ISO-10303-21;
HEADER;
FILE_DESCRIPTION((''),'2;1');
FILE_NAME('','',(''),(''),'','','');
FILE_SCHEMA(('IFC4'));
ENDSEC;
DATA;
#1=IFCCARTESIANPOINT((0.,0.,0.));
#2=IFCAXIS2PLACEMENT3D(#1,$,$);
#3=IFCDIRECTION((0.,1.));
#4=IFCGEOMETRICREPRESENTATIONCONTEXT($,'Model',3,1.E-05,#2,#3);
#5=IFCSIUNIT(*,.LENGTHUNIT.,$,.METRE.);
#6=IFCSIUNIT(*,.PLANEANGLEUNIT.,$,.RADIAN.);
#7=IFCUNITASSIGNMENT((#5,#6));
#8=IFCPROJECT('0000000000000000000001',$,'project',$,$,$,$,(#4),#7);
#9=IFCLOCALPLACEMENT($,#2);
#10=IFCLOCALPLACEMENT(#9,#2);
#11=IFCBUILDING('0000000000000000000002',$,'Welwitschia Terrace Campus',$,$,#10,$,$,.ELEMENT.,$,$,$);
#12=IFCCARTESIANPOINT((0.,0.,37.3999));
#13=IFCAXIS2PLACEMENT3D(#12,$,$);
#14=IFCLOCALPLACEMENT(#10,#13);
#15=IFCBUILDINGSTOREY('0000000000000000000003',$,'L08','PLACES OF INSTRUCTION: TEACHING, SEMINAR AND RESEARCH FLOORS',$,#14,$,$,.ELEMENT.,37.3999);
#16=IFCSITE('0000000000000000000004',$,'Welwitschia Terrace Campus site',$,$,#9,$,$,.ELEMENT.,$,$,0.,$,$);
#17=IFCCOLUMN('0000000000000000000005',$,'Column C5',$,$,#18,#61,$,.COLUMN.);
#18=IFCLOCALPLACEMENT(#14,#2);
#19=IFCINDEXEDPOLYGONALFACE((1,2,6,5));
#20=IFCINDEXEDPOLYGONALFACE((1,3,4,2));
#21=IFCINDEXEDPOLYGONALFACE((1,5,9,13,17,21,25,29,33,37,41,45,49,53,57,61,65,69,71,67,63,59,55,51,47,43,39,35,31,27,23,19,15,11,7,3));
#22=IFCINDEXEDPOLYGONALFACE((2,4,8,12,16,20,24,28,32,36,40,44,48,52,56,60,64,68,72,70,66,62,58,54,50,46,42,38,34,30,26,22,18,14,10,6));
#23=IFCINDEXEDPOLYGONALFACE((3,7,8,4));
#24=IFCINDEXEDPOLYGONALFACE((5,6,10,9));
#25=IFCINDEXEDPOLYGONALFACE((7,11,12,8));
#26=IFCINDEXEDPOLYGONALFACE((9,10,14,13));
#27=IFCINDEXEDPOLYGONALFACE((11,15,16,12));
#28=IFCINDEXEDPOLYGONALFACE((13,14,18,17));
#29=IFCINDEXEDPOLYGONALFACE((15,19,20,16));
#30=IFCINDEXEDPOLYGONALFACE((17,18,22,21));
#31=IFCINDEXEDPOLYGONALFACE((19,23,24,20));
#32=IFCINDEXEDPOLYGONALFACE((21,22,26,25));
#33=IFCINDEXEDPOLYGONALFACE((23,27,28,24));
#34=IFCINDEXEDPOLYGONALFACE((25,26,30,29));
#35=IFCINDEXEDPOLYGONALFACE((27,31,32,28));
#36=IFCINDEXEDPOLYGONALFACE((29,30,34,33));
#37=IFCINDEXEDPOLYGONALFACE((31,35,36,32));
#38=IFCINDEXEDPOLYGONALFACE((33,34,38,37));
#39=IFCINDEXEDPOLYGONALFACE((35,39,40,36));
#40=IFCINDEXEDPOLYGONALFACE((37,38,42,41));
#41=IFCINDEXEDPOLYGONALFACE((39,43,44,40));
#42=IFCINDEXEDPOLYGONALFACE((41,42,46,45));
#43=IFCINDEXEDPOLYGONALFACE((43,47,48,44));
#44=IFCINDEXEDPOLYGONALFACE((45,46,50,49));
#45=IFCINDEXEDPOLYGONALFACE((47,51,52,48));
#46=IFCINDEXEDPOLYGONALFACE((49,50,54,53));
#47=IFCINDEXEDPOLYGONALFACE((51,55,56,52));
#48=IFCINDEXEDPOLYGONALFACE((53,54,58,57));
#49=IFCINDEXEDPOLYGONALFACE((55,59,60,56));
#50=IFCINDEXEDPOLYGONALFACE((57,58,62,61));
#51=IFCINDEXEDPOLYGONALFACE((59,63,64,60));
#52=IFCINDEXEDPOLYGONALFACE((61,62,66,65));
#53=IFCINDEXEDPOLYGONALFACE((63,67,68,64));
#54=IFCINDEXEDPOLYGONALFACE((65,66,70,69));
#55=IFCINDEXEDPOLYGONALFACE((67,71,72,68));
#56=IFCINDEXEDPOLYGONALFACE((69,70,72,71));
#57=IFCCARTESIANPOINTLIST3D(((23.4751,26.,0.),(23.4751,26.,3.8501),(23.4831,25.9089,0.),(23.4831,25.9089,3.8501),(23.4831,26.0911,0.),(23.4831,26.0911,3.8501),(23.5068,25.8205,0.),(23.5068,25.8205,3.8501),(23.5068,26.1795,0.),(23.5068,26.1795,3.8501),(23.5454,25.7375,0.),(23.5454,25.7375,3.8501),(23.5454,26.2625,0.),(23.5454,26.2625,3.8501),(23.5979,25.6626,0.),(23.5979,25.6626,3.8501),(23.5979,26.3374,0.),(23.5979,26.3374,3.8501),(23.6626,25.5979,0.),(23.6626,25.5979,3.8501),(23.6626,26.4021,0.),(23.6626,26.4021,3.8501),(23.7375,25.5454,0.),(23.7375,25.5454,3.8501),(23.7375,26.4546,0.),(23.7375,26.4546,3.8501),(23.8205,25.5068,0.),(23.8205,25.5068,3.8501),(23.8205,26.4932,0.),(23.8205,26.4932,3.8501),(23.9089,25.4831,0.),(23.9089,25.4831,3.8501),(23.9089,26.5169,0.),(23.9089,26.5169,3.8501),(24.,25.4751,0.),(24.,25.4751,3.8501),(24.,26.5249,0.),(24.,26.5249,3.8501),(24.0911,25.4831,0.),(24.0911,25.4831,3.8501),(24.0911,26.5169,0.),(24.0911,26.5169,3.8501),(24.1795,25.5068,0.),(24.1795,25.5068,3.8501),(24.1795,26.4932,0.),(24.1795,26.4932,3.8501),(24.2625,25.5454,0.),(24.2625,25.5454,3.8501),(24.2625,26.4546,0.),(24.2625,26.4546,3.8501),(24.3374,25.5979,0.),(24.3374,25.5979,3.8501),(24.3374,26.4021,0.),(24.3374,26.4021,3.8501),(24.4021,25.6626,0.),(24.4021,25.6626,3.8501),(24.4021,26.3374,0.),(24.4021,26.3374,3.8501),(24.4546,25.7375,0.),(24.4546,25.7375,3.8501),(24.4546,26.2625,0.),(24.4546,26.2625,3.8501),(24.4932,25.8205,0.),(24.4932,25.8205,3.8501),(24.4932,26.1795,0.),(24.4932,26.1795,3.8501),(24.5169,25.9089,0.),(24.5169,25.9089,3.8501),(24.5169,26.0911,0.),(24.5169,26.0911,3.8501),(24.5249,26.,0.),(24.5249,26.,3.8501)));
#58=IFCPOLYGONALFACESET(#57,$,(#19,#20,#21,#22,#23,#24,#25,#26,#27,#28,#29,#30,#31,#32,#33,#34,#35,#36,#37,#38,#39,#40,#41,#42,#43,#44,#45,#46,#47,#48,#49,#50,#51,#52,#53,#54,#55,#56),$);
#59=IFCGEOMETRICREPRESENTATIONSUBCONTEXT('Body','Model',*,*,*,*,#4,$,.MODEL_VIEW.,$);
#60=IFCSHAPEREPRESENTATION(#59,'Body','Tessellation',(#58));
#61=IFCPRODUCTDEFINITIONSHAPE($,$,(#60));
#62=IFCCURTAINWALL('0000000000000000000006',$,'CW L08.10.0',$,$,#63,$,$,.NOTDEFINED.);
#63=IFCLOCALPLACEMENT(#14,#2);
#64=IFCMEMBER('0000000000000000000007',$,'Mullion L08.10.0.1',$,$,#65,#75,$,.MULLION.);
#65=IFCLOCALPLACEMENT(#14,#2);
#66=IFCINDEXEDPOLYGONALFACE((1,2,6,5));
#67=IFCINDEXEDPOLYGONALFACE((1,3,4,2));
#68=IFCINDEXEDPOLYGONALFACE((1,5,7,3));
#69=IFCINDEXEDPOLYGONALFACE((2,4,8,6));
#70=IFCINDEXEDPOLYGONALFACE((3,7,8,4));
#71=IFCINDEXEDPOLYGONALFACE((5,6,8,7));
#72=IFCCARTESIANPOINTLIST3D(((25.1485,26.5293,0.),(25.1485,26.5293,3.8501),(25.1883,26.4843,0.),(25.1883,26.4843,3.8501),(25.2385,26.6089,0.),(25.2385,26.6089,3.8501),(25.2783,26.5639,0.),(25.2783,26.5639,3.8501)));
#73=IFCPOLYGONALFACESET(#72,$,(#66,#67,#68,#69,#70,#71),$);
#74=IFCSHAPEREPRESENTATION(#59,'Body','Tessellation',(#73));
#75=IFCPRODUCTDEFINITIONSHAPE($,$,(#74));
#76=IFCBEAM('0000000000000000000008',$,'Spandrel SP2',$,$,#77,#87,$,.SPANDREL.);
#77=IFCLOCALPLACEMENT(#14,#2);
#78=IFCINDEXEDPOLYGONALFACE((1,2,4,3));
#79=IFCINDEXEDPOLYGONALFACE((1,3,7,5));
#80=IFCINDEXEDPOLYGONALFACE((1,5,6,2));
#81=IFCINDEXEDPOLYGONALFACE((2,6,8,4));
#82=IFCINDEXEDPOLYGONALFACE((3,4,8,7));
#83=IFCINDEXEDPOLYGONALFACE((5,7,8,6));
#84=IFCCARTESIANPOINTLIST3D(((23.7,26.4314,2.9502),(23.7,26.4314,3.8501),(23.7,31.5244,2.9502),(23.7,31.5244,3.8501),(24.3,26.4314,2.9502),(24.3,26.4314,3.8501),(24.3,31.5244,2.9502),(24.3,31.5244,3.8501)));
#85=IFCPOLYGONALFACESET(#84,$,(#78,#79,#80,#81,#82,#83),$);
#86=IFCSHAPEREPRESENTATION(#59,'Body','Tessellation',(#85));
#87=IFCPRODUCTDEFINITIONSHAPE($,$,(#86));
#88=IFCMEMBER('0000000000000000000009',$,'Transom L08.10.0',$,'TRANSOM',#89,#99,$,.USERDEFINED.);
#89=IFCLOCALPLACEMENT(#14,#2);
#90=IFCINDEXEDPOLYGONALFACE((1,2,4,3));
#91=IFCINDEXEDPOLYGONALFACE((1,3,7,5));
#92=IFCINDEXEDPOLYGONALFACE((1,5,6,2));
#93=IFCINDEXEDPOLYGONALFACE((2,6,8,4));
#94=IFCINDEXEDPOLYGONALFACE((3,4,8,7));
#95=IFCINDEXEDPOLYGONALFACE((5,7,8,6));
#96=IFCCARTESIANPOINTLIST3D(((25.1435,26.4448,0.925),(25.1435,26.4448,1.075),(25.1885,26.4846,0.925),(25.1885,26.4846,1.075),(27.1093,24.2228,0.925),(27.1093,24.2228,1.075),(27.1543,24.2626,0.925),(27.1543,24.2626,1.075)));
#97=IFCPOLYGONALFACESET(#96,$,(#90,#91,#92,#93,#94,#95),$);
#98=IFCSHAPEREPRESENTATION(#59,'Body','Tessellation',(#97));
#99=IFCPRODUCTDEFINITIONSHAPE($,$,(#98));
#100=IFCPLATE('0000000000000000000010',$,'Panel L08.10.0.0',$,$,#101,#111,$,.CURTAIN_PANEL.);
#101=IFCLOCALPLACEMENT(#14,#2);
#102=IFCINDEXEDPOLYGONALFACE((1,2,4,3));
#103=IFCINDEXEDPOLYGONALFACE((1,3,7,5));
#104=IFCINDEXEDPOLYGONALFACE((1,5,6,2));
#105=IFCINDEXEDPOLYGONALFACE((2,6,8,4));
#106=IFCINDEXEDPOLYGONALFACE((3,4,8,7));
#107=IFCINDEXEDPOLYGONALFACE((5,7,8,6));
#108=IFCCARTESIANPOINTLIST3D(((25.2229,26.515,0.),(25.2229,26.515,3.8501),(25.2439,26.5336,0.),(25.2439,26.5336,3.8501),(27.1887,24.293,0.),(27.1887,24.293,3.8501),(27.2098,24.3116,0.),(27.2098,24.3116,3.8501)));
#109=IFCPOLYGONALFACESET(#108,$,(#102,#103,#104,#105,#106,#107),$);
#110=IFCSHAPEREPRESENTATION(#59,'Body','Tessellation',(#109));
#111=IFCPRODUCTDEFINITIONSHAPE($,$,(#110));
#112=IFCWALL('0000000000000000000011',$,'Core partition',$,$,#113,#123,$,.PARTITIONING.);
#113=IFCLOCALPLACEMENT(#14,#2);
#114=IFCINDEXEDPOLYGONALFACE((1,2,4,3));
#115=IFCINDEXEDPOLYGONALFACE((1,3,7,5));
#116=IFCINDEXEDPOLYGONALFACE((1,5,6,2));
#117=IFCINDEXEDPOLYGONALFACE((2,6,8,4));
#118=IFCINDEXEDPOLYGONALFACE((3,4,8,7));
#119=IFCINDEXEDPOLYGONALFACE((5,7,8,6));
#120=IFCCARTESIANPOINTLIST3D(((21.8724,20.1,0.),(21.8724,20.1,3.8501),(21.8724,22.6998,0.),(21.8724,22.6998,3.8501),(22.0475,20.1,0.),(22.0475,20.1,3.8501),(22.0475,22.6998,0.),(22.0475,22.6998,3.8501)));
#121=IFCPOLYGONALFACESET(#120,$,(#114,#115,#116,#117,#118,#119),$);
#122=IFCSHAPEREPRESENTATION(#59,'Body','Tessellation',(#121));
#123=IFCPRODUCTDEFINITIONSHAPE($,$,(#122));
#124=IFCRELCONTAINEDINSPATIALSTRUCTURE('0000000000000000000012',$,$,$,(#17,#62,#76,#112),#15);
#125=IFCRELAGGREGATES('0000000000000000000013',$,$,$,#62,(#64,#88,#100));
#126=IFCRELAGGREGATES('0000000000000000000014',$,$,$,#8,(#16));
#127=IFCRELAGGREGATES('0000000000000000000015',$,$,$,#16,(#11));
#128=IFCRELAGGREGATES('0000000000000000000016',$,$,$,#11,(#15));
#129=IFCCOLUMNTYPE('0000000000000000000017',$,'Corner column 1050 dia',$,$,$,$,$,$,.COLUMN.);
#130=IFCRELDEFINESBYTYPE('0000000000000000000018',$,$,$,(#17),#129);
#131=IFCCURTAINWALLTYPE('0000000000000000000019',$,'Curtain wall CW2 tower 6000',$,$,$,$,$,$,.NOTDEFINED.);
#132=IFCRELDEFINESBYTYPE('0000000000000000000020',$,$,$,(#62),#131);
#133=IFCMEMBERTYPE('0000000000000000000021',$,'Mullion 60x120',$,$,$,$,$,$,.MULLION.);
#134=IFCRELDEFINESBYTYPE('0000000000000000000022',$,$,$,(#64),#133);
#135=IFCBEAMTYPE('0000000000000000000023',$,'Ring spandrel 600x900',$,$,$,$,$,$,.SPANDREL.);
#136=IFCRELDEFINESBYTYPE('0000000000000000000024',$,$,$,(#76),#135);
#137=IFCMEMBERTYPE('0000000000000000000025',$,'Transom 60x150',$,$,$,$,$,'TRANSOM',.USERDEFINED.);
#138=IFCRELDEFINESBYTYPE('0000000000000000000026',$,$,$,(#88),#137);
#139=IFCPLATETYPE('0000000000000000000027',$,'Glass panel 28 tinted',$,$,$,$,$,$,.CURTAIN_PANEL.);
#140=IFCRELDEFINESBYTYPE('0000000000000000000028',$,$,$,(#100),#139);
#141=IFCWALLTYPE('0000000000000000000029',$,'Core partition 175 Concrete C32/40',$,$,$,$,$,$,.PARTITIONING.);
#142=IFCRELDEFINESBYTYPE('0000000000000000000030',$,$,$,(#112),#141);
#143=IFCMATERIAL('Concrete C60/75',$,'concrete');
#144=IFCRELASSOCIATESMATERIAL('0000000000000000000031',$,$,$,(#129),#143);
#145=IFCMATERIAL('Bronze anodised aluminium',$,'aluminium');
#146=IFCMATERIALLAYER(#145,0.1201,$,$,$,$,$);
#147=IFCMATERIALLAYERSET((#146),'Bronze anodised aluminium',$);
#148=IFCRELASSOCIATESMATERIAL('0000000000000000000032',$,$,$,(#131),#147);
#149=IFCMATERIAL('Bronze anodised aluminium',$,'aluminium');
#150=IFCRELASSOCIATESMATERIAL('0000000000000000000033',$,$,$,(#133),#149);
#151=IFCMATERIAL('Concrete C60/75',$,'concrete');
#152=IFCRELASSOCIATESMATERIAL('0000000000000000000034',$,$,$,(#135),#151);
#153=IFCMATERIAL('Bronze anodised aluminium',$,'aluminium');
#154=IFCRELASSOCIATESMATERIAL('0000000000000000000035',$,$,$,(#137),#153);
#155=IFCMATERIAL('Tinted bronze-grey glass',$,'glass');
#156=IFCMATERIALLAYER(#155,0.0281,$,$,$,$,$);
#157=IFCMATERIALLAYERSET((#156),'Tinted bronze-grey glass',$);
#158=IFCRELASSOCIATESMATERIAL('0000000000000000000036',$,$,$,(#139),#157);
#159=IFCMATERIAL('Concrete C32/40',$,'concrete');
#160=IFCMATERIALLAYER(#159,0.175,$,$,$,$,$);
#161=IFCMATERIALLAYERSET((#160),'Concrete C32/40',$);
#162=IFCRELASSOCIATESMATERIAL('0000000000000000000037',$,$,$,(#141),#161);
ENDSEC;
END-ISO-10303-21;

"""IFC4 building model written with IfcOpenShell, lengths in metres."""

from ifc_helpers import new_model, si_unit, direction, frame, frame_2d, origin, origin_2d, place, context, subcontext, project, spatial, rectangle, circle, extrude, material, layer, layer_set, material_profile, profile_set, type_object, element, aggregate, save


model = new_model("IFC4")

# Units and contexts
model_context = context("Model", 3, precision=1e-05, world=origin(), true_north=direction((0.0, 1.0)))
body_context = subcontext(model_context, "Body", "Model", "MODEL_VIEW")
ifc_project = project(units=[si_unit("LENGTHUNIT", "METRE"), si_unit("PLANEANGLEUNIT", "RADIAN")], contexts=[model_context])

# Site, building, storey
site_placement = place(None, origin())
site = spatial("IfcSite", under=ifc_project, at=site_placement, Name="Welwitschia Terrace Campus site", CompositionType="ELEMENT", RefElevation=0.0)
building_placement = place(site_placement, origin())
building = spatial("IfcBuilding", under=site, at=building_placement, Name="Welwitschia Terrace Campus", CompositionType="ELEMENT")
storey_placement = place(building_placement, frame((0.0, 0.0, 37.3999)))
storey = spatial("IfcBuildingStorey", under=building, at=storey_placement, Name="L08", Description="PLACES OF INSTRUCTION: TEACHING, SEMINAR AND RESEARCH FLOORS", CompositionType="ELEMENT", Elevation=37.3999)

# Column
ifc_material_1 = material(Name="Concrete C60/75", Category="concrete")
ifc_material_profile_1 = material_profile(ifc_material_1, circle(Radius=0.5249, at=origin_2d()))
ifc_profile_set_1 = profile_set([ifc_material_profile_1], Name="Concrete C60/75")
column_type = type_object("IfcColumnType", Name="Corner column 1050 dia", PredefinedType="COLUMN", material=ifc_profile_set_1)
column_placement = place(storey_placement, frame((24.0, 26.0, 0.0), z_axis=(0.0, 0.0, 1.0), x_axis=(1.0, 0.0, 0.0)))
element("IfcColumn", 1, at=column_placement, inside=storey, type_object=column_type, Name="Column C5", PredefinedType="COLUMN", context=body_context, shape_type="SweptSolid", body=[
    extrude(circle(Radius=0.5249, at=origin_2d()), origin(), (0.0, 0.0, 1.0), 3.8501),
])

# Curtain wall, member
ifc_material_2 = material(Name="Bronze anodised aluminium", Category="aluminium")
ifc_layer_1 = layer(ifc_material_2, 0.1201)
ifc_layer_set_1 = layer_set([ifc_layer_1], Name="Bronze anodised aluminium")
curtain_wall_type = type_object("IfcCurtainWallType", Name="Curtain wall CW2 tower 6000", PredefinedType="NOTDEFINED", material=ifc_layer_set_1)
curtain_wall_placement = place(storey_placement, origin())
curtain_wall = element("IfcCurtainWall", 2, at=curtain_wall_placement, inside=storey, type_object=curtain_wall_type, Name="CW L08.10.0", PredefinedType="NOTDEFINED")
ifc_material_3 = material(Name="Bronze anodised aluminium", Category="aluminium")
ifc_material_profile_2 = material_profile(ifc_material_3, rectangle(XDim=0.1201, YDim=0.0601, at=origin_2d()))
ifc_profile_set_2 = profile_set([ifc_material_profile_2], Name="Bronze anodised aluminium")
member_type_1 = type_object("IfcMemberType", Name="Mullion 60x120", PredefinedType="MULLION", material=ifc_profile_set_2)
member_1_placement = place(storey_placement, frame((25.2134, 26.5466, 0.0), z_axis=(0.0, 0.0, 1.0), x_axis=(-0.748956, -0.66262, 0.0)))
member_1 = element("IfcMember", 3, at=member_1_placement, type_object=member_type_1, Name="Mullion L08.10.0.1", PredefinedType="MULLION", context=body_context, shape_type="SweptSolid", body=[
    extrude(rectangle(XDim=0.1201, YDim=0.0601, at=origin_2d()), origin(), (0.0, 0.0, 1.0), 3.8501),
])

# Beam
ifc_material_4 = material(Name="Concrete C60/75", Category="concrete")
ifc_material_profile_3 = material_profile(ifc_material_4, rectangle(XDim=0.6001, YDim=0.8999, at=origin_2d()))
ifc_profile_set_3 = profile_set([ifc_material_profile_3], Name="Concrete C60/75")
beam_type = type_object("IfcBeamType", Name="Ring spandrel 600x900", PredefinedType="SPANDREL", material=ifc_profile_set_3)
beam_placement = place(storey_placement, frame((24.0, 26.4314, 3.4001), z_axis=(0.0, 1.0, 0.0), x_axis=(-1.0, 0.0, 0.0)))
element("IfcBeam", 4, at=beam_placement, inside=storey, type_object=beam_type, Name="Spandrel SP2", PredefinedType="SPANDREL", context=body_context, shape_type="SweptSolid", body=[
    extrude(rectangle(XDim=0.6001, YDim=0.8999, at=origin_2d()), origin(), (0.0, 0.0, 1.0), 5.093),
])

# Member
ifc_material_5 = material(Name="Bronze anodised aluminium", Category="aluminium")
ifc_material_profile_4 = material_profile(ifc_material_5, rectangle(XDim=0.0601, YDim=0.1499, at=origin_2d()))
ifc_profile_set_4 = profile_set([ifc_material_profile_4], Name="Bronze anodised aluminium")
member_type_2 = type_object("IfcMemberType", Name="Transom 60x150", ElementType="TRANSOM", PredefinedType="USERDEFINED", material=ifc_profile_set_4)
member_2_placement = place(storey_placement, frame((27.1318, 24.2427, 1.0), z_axis=(-0.662625, 0.748951, 0.0), x_axis=(-0.748951, -0.662625, 0.0)))
member_2 = element("IfcMember", 5, at=member_2_placement, type_object=member_type_2, Name="Transom L08.10.0", ObjectType="TRANSOM", PredefinedType="USERDEFINED", context=body_context, shape_type="SweptSolid", body=[
    extrude(rectangle(XDim=0.0601, YDim=0.1499, at=origin_2d()), origin(), (0.0, 0.0, 1.0), 2.9668),
])

# Plate
ifc_material_6 = material(Name="Tinted bronze-grey glass", Category="glass")
ifc_layer_2 = layer(ifc_material_6, 0.0281)
ifc_layer_set_2 = layer_set([ifc_layer_2], Name="Tinted bronze-grey glass")
plate_type = type_object("IfcPlateType", Name="Glass panel 28 tinted", PredefinedType="CURTAIN_PANEL", material=ifc_layer_set_2)
plate_placement = place(storey_placement, frame((26.2163, 25.4133, 0.0), z_axis=(0.0, 0.0, 1.0), x_axis=(-0.66262, 0.748956, 0.0)))
plate = element("IfcPlate", 6, at=plate_placement, type_object=plate_type, Name="Panel L08.10.0.0", PredefinedType="CURTAIN_PANEL", context=body_context, shape_type="SweptSolid", body=[
    extrude(rectangle(XDim=2.9668, YDim=0.0281, at=origin_2d()), origin(), (0.0, 0.0, 1.0), 3.8501),
])
aggregate(curtain_wall, [member_1, member_2, plate])

# Wall
ifc_material_7 = material(Name="Concrete C32/40", Category="concrete")
ifc_layer_3 = layer(ifc_material_7, 0.175)
ifc_layer_set_3 = layer_set([ifc_layer_3], Name="Concrete C32/40")
wall_type_1 = type_object("IfcWallType", Name="Core partition 175 Concrete C32/40", PredefinedType="PARTITIONING", material=ifc_layer_set_3)
wall_1_placement = place(storey_placement, frame((21.96, 20.1001, 0.0), z_axis=(0.0, 0.0, 1.0), x_axis=(0.0, 1.0, 0.0)))
element("IfcWall", 7, at=wall_1_placement, inside=storey, type_object=wall_type_1, Name="Core partition", PredefinedType="PARTITIONING", context=body_context, shape_type="SweptSolid", body=[
    extrude(rectangle(XDim=2.5999, YDim=0.175, at=frame_2d((1.2998, 0.0))), origin(), (0.0, 0.0, 1.0), 3.8501),
])

save(model, "model.ifc")
